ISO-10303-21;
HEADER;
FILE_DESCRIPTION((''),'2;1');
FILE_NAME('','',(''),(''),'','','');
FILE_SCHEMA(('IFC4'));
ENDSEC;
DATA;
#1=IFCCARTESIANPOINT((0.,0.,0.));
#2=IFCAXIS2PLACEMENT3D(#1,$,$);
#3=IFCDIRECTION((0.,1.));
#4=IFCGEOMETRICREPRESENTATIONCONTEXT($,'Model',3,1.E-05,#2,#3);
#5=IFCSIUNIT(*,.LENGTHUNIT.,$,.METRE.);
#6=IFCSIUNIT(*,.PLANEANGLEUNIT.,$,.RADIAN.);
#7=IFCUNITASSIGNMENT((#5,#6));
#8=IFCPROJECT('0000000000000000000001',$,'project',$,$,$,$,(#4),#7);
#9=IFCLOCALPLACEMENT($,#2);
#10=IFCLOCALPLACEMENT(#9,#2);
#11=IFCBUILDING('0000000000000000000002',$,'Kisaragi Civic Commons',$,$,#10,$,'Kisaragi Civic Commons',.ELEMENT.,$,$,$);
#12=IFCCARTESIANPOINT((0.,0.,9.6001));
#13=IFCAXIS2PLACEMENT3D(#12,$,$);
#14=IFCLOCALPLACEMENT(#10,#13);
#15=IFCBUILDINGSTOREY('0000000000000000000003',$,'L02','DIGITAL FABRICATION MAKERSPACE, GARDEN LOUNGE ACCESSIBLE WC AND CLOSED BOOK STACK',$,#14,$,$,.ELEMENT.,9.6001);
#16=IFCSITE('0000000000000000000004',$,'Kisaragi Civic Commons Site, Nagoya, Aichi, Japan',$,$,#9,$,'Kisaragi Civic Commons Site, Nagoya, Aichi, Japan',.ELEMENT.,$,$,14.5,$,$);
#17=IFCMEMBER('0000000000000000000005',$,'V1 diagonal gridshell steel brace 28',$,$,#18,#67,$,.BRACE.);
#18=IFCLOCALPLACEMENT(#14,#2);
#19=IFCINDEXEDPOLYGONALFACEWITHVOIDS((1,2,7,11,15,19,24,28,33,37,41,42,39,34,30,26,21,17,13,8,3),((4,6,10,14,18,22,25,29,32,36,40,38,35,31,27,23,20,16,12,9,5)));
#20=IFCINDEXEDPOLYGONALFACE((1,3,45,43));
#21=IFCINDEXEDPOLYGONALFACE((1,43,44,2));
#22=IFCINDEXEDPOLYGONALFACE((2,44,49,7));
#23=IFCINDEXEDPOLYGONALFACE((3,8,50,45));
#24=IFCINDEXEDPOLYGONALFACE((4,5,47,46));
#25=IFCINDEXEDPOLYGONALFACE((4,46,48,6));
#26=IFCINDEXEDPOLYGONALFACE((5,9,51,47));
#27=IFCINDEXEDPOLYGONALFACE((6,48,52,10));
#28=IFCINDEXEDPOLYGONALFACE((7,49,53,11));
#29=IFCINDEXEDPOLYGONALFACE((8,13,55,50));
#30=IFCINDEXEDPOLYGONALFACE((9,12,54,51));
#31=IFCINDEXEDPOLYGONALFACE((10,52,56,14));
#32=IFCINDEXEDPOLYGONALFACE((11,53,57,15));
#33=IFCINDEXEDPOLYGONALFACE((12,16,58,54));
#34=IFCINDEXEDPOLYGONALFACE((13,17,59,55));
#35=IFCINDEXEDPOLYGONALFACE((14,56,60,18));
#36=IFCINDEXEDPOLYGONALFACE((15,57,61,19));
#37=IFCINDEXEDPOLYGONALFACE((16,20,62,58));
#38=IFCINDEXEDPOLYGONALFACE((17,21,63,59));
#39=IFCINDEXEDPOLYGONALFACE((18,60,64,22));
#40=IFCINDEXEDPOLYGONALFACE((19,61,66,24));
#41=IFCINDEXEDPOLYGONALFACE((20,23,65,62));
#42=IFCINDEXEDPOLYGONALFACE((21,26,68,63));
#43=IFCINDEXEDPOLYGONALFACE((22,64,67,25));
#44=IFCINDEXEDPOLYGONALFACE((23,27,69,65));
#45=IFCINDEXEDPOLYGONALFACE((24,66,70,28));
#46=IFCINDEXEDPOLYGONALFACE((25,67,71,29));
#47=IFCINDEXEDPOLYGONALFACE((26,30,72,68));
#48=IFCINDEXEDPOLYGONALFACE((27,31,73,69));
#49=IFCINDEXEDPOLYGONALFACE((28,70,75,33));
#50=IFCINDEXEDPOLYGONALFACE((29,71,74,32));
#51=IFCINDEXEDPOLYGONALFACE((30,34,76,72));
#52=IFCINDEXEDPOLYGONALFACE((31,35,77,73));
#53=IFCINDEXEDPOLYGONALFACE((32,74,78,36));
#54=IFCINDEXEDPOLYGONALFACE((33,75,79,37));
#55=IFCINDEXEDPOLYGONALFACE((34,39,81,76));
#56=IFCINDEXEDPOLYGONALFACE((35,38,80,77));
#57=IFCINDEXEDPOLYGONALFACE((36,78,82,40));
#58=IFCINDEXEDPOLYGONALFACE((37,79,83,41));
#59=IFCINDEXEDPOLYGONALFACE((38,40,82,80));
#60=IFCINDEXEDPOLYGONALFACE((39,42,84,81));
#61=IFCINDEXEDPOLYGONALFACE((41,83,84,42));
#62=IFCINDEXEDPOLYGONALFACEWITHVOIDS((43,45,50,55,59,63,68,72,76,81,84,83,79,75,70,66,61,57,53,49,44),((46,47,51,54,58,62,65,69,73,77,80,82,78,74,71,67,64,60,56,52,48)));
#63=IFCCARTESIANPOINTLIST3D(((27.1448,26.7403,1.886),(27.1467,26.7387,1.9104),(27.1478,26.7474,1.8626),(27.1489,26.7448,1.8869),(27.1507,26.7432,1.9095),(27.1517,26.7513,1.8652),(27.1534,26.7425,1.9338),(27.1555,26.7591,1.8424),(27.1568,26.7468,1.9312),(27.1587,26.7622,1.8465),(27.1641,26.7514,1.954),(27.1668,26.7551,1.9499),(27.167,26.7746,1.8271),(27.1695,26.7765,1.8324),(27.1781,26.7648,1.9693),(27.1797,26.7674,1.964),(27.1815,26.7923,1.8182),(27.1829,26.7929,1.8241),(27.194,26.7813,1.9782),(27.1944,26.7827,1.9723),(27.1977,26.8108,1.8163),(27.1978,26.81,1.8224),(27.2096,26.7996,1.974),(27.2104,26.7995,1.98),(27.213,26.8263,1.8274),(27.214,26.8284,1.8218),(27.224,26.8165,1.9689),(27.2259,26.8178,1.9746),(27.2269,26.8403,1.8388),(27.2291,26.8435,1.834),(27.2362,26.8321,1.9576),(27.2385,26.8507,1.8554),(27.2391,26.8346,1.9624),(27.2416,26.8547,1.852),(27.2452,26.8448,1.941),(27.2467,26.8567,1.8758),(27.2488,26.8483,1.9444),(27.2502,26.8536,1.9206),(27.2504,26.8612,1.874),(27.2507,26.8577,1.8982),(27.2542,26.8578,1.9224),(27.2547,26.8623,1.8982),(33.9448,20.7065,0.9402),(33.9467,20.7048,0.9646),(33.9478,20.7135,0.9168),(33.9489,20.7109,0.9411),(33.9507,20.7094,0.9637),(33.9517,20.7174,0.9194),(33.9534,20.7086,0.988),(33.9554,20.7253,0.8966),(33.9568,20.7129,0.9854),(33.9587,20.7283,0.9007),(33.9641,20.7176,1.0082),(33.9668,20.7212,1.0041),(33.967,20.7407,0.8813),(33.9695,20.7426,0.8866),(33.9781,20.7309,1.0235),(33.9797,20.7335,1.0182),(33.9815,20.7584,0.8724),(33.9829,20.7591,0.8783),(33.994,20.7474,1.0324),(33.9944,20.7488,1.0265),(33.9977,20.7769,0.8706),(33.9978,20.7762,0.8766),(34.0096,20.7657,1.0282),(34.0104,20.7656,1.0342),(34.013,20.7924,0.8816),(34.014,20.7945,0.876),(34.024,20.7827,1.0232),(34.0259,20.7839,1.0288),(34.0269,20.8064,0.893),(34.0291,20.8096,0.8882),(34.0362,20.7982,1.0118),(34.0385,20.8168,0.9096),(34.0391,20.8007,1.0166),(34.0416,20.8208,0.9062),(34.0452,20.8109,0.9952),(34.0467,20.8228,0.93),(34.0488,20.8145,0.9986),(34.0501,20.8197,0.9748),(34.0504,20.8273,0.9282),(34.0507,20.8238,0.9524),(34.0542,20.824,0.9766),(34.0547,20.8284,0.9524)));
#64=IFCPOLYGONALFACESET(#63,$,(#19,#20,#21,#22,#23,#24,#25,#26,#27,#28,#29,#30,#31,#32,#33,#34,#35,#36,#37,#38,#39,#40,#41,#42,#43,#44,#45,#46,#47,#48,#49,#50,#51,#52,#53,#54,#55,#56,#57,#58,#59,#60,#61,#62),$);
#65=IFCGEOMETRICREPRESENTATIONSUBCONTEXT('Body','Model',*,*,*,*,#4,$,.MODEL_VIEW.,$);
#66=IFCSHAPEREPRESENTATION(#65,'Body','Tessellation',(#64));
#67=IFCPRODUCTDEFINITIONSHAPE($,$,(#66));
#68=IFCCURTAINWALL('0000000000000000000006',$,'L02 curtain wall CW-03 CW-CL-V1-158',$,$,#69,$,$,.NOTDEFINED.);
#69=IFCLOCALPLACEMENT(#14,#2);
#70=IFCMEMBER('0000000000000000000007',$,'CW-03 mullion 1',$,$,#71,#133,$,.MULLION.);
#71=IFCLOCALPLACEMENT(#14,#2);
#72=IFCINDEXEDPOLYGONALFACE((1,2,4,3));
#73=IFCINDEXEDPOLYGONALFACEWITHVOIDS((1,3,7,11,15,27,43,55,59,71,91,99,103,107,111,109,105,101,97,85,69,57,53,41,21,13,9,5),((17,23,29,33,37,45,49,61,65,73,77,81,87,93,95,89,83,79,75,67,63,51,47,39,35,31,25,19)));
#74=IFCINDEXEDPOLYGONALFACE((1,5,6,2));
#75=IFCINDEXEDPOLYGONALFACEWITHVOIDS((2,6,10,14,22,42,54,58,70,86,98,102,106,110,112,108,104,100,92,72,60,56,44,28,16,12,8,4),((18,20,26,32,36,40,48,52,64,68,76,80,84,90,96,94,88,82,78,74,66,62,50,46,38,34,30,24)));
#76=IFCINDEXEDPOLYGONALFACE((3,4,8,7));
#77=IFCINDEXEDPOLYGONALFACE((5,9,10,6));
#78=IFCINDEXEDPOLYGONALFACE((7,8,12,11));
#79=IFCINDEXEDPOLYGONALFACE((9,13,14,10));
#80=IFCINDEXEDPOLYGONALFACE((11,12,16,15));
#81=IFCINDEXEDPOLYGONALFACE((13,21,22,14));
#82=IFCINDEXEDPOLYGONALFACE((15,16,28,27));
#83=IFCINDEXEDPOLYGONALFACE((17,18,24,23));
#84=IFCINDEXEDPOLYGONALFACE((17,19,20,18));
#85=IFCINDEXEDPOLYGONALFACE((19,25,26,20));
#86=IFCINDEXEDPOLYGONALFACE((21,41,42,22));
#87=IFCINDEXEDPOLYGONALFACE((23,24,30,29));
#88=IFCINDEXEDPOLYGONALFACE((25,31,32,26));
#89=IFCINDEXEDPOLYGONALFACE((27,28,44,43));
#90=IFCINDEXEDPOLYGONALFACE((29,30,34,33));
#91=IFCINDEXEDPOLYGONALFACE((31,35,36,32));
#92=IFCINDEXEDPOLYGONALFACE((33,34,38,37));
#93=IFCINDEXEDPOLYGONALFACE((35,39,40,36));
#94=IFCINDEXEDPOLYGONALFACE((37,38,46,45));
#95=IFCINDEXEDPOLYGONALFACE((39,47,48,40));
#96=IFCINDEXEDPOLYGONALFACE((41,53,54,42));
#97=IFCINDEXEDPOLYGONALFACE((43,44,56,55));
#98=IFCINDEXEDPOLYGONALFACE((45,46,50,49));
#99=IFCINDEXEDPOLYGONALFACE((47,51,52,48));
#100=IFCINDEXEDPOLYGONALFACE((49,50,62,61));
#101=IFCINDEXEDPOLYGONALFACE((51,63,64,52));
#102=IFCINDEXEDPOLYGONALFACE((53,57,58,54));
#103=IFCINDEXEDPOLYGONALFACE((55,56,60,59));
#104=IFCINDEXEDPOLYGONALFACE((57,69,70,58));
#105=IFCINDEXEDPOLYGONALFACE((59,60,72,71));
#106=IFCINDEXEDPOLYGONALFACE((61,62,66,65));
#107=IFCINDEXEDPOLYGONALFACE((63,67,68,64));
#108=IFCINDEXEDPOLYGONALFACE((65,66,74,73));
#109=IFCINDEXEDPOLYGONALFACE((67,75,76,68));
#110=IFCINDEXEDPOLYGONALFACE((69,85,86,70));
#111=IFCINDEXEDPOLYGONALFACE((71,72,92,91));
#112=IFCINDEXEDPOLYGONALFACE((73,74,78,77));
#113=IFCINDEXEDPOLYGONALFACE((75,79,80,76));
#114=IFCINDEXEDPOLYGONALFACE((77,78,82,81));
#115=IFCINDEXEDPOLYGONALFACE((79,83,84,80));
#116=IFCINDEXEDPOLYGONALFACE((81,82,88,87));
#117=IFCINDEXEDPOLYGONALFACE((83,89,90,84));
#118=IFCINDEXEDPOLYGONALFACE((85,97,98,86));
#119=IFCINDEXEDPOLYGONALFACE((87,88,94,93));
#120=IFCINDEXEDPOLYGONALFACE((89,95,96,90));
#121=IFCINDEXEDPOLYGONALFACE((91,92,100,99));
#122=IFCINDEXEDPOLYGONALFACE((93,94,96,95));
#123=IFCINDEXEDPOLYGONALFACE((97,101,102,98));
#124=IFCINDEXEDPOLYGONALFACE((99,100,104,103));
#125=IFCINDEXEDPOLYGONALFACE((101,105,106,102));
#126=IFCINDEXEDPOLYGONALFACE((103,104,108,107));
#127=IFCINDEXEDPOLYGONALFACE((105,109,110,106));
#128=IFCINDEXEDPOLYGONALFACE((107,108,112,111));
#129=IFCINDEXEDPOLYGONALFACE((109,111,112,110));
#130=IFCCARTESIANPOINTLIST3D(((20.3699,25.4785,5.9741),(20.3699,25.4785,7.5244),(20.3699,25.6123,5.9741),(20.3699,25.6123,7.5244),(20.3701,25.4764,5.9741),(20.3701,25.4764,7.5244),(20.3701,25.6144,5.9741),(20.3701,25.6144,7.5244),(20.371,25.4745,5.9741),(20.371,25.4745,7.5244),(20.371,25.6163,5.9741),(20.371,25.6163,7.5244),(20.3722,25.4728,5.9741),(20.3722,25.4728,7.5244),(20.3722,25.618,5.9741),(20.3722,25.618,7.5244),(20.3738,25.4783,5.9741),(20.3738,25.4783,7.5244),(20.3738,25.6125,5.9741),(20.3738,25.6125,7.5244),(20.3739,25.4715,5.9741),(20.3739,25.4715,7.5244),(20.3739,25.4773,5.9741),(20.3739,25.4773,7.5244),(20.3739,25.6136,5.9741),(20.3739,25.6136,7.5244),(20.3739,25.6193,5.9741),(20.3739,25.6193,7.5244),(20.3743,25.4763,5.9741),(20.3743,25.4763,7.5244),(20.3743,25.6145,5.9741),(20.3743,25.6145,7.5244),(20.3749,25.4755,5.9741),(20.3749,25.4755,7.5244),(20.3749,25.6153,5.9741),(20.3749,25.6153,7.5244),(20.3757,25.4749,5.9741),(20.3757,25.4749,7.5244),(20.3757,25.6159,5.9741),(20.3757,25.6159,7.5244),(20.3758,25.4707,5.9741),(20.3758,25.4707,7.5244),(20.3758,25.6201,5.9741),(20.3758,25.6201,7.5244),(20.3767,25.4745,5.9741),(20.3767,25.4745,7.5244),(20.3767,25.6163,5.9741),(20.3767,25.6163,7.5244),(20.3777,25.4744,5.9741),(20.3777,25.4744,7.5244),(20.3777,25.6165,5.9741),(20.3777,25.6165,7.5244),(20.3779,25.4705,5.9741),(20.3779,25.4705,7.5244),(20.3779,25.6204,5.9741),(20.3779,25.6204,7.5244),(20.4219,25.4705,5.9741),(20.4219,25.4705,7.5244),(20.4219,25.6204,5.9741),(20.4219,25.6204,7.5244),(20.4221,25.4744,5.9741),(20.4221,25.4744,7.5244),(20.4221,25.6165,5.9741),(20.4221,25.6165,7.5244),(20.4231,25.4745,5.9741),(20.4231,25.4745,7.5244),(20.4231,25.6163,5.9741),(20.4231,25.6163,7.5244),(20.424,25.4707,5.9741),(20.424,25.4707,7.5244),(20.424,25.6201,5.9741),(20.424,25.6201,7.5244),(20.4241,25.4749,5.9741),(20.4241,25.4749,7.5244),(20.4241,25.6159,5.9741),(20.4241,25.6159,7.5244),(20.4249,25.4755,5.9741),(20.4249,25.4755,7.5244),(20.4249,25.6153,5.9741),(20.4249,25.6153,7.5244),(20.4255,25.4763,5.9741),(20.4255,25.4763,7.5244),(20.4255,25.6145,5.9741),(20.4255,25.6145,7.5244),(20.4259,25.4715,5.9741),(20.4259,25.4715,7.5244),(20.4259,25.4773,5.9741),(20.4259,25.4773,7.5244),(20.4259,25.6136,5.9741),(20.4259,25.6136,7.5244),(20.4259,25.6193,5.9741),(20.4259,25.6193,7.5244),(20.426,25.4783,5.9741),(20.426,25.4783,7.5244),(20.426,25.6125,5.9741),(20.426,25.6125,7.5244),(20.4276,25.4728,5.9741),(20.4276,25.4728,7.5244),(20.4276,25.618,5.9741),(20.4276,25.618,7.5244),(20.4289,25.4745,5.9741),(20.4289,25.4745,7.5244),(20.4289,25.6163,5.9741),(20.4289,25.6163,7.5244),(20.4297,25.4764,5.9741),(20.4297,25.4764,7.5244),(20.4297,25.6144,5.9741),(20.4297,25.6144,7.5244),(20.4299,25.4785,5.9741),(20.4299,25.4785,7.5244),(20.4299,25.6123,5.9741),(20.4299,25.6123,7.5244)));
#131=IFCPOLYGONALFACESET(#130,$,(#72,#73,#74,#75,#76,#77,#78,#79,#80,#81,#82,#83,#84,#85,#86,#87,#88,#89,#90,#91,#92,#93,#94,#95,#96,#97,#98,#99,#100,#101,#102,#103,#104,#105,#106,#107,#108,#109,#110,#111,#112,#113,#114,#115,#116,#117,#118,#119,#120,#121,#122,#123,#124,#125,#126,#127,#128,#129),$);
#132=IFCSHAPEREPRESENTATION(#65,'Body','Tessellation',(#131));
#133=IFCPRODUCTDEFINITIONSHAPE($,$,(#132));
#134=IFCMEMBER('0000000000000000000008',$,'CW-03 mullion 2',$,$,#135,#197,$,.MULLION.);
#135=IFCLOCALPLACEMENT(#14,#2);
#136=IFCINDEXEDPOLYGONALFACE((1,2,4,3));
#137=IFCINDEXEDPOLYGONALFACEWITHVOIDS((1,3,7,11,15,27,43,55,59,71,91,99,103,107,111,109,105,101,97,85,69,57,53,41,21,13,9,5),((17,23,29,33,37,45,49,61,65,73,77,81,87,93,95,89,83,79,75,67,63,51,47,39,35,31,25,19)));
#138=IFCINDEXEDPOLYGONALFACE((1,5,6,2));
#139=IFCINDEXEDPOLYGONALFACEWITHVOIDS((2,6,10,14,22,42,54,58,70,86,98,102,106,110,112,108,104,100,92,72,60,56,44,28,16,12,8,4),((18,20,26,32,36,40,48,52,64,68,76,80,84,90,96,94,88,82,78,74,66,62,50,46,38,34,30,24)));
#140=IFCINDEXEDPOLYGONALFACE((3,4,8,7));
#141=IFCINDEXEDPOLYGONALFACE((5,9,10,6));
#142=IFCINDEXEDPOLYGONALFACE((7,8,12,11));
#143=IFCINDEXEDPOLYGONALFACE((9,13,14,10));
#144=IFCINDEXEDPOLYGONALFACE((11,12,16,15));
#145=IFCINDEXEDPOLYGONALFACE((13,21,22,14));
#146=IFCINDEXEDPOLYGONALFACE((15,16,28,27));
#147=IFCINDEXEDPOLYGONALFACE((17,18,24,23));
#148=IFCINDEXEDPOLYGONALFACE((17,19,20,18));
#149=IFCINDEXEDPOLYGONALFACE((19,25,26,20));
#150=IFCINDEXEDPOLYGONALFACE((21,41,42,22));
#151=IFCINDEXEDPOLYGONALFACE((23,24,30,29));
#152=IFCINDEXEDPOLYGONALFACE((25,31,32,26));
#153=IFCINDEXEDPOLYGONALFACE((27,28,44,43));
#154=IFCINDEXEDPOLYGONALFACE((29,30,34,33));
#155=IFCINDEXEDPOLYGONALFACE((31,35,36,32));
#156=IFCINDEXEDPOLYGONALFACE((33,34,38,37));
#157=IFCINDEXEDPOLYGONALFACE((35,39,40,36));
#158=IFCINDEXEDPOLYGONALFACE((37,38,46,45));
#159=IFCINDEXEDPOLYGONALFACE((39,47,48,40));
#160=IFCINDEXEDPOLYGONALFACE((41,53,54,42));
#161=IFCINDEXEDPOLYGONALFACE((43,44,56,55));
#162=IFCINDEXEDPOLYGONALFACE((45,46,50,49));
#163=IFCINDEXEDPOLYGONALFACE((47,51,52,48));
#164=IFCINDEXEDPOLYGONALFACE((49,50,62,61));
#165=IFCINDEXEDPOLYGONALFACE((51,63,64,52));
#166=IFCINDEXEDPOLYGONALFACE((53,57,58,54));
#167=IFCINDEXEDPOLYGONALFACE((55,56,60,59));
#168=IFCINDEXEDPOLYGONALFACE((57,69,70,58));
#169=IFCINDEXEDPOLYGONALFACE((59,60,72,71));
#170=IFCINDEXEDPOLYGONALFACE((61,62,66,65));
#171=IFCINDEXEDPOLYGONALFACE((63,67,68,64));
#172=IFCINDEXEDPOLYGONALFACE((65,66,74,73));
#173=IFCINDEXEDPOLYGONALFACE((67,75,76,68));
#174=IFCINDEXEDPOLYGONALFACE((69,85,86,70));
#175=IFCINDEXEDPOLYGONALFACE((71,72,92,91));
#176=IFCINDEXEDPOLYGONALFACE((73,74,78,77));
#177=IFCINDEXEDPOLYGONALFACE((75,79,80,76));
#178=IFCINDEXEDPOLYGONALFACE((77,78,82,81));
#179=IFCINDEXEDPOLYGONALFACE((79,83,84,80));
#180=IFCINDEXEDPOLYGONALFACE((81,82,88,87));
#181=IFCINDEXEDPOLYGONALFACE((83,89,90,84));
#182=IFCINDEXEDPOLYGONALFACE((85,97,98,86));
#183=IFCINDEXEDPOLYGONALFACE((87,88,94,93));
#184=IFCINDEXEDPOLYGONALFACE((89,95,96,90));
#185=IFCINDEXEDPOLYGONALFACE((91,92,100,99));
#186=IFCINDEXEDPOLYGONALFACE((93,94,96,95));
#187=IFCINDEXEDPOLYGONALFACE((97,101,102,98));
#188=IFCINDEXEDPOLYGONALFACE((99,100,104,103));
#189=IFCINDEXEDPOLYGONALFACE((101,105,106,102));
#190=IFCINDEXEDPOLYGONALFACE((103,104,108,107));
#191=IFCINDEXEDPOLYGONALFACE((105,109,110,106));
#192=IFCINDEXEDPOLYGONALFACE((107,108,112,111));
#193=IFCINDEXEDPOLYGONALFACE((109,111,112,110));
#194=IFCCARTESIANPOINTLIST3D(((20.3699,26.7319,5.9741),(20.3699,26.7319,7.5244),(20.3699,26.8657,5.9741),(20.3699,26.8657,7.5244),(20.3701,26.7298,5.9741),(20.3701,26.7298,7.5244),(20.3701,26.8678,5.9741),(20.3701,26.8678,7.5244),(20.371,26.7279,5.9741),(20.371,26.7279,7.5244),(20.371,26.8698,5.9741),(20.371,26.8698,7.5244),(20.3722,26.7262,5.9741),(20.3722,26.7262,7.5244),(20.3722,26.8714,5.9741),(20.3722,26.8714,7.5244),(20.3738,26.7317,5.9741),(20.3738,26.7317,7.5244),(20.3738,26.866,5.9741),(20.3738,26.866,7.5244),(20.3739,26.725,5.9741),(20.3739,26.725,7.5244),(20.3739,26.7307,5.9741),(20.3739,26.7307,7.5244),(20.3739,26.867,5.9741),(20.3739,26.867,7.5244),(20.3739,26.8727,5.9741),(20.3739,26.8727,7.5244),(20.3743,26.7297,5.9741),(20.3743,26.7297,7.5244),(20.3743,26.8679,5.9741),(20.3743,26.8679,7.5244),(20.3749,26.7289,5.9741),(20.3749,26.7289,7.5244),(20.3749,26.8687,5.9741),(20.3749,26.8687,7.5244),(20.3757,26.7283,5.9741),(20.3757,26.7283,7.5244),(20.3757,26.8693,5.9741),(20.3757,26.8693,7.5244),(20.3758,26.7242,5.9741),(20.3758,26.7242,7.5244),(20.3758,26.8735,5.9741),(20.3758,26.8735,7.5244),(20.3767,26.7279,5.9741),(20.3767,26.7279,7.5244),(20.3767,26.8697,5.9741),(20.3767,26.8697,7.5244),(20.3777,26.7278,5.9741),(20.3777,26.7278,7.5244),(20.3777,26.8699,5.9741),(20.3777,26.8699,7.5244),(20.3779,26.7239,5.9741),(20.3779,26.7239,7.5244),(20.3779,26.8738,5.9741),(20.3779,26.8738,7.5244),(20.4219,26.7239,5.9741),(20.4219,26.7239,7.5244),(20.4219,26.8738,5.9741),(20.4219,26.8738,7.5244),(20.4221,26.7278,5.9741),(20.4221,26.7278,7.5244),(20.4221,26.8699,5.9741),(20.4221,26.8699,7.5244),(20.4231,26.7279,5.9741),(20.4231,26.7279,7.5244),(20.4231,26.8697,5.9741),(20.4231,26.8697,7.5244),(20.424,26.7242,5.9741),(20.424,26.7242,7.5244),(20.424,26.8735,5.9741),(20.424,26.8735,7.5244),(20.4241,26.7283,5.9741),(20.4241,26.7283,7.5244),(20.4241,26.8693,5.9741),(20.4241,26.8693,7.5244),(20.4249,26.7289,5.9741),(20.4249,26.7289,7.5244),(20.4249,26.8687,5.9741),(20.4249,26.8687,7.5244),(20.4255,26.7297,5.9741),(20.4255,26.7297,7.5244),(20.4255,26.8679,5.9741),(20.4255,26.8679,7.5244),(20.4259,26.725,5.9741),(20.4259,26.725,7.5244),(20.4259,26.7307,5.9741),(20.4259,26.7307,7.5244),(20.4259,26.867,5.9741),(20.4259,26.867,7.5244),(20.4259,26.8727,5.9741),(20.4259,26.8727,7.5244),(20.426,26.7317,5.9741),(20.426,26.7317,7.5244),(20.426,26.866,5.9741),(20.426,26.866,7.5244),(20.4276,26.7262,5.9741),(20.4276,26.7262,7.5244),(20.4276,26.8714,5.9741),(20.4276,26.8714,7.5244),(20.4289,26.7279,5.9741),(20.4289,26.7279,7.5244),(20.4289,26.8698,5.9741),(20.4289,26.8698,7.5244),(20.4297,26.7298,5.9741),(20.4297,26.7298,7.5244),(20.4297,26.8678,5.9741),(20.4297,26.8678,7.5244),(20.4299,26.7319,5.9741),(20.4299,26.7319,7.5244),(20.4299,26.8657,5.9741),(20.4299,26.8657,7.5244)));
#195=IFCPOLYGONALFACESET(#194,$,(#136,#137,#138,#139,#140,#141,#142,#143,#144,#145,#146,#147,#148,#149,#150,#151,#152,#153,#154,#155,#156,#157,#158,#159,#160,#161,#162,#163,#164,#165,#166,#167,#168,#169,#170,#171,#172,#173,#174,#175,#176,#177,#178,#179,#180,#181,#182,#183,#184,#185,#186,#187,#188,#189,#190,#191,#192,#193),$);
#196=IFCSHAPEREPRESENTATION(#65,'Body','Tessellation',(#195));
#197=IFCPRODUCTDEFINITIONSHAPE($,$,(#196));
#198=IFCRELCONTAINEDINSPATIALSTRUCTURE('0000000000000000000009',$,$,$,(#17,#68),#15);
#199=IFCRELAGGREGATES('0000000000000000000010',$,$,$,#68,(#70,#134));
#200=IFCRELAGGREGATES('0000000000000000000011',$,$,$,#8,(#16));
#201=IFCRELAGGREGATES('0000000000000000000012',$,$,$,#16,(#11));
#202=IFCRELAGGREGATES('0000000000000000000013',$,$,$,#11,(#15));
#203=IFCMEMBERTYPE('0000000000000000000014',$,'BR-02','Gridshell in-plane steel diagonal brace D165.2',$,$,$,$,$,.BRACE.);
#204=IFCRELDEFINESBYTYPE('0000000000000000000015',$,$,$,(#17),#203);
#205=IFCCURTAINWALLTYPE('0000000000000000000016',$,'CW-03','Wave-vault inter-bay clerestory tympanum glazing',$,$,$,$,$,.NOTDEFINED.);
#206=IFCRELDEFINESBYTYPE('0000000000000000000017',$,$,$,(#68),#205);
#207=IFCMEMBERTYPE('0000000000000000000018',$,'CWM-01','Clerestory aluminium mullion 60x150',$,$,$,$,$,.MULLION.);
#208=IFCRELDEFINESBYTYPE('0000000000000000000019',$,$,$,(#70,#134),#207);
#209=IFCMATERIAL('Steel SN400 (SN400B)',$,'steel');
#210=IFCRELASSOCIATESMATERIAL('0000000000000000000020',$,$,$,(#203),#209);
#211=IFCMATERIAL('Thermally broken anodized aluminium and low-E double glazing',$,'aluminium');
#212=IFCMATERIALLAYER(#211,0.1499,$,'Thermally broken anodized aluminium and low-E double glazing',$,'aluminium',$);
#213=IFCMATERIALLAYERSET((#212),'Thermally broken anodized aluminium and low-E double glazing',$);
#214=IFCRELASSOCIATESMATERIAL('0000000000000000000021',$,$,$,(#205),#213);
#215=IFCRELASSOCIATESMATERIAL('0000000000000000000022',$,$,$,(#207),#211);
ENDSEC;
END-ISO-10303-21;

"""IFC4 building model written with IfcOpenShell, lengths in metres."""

from ifc_helpers import new_model, si_unit, direction, frame, origin, origin_2d, place, context, subcontext, project, spatial, hollow_rectangle, hollow_circle, extrude, material, layer, layer_set, material_profile, profile_set, type_object, element, aggregate, save


model = new_model("IFC4")

# Units and contexts
model_context = context("Model", 3, precision=1e-05, world=origin(), true_north=direction((0.0, 1.0)))
body_context = subcontext(model_context, "Body", "Model", "MODEL_VIEW")
ifc_project = project(units=[si_unit("LENGTHUNIT", "METRE"), si_unit("PLANEANGLEUNIT", "RADIAN")], contexts=[model_context])

# Site, building, storey
site_placement = place(None, origin())
site = spatial("IfcSite", under=ifc_project, at=site_placement, Name="Kisaragi Civic Commons Site, Nagoya, Aichi, Japan", LongName="Kisaragi Civic Commons Site, Nagoya, Aichi, Japan", CompositionType="ELEMENT", RefElevation=14.5)
building_placement = place(site_placement, origin())
building = spatial("IfcBuilding", under=site, at=building_placement, Name="Kisaragi Civic Commons", LongName="Kisaragi Civic Commons", CompositionType="ELEMENT")
storey_placement = place(building_placement, frame((0.0, 0.0, 9.6001)))
storey = spatial("IfcBuildingStorey", under=building, at=storey_placement, Name="L02", Description="DIGITAL FABRICATION MAKERSPACE, GARDEN LOUNGE ACCESSIBLE WC AND CLOSED BOOK STACK", CompositionType="ELEMENT", Elevation=9.6001)

# Member
ifc_material_1 = material(Name="Steel SN400 (SN400B)", Category="steel")
ifc_material_profile_1 = material_profile(ifc_material_1, hollow_circle(Radius=0.0825, WallThickness=0.0061, at=origin_2d()), Name="CHS-165.2x6.0", Category="steel")
ifc_profile_set_1 = profile_set([ifc_material_profile_1], Name="Steel SN400 (SN400B)")
member_type_1 = type_object("IfcMemberType", Name="BR-02", Description="Gridshell in-plane steel diagonal brace D165.2", PredefinedType="BRACE", material=ifc_profile_set_1)
member_1_placement = place(storey_placement, frame((27.2, 26.8005, 1.8982), z_axis=(0.74397, -0.660152, -0.103477), x_axis=(0.663715, 0.747985, 0.0)))
element("IfcMember", 1, at=member_1_placement, inside=storey, type_object=member_type_1, Name="V1 diagonal gridshell steel brace 28", PredefinedType="BRACE", context=body_context, shape_type="SweptSolid", body=[
    extrude(hollow_circle(Radius=0.0825, WallThickness=0.0061, at=origin_2d()), origin(), (0.0, 0.0, 1.0), 9.1401),
])

# Curtain wall, members
ifc_material_2 = material(Name="Thermally broken anodized aluminium and low-E double glazing", Category="aluminium")
ifc_layer_1 = layer(ifc_material_2, 0.1499, Name="Thermally broken anodized aluminium and low-E double glazing", Category="aluminium")
ifc_layer_set_1 = layer_set([ifc_layer_1], Name="Thermally broken anodized aluminium and low-E double glazing")
curtain_wall_type = type_object("IfcCurtainWallType", Name="CW-03", Description="Wave-vault inter-bay clerestory tympanum glazing", PredefinedType="NOTDEFINED", material=ifc_layer_set_1)
curtain_wall_placement = place(storey_placement, origin())
curtain_wall = element("IfcCurtainWall", 2, at=curtain_wall_placement, inside=storey, type_object=curtain_wall_type, Name="L02 curtain wall CW-03 CW-CL-V1-158", PredefinedType="NOTDEFINED")
ifc_material_profile_2 = material_profile(ifc_material_2, hollow_rectangle(XDim=0.0601, YDim=0.1499, WallThickness=0.0039, InnerFilletRadius=0.0039, OuterFilletRadius=0.0081, at=origin_2d()), Name="CWM-60x150x4", Category="aluminium")
ifc_profile_set_2 = profile_set([ifc_material_profile_2], Name="Thermally broken anodized aluminium and low-E double glazing")
member_type_2 = type_object("IfcMemberType", Name="CWM-01", Description="Clerestory aluminium mullion 60x150", PredefinedType="MULLION", material=ifc_profile_set_2)
member_2_placement = place(storey_placement, frame((20.3999, 25.5454, 5.9741), z_axis=(0.0, 0.0, 1.0), x_axis=(-1.0, 0.0, 0.0)))
member_2 = element("IfcMember", 3, at=member_2_placement, type_object=member_type_2, Name="CW-03 mullion 1", PredefinedType="MULLION", context=body_context, shape_type="SweptSolid", body=[
    extrude(hollow_rectangle(XDim=0.0601, YDim=0.1499, WallThickness=0.0039, InnerFilletRadius=0.0039, OuterFilletRadius=0.0081, at=origin_2d()), origin(), (0.0, 0.0, 1.0), 1.5503),
])
member_3_placement = place(storey_placement, frame((20.3999, 26.7988, 5.9741), z_axis=(0.0, 0.0, 1.0), x_axis=(-1.0, 0.0, 0.0)))
member_3 = element("IfcMember", 4, at=member_3_placement, type_object=member_type_2, Name="CW-03 mullion 2", PredefinedType="MULLION", context=body_context, shape_type="SweptSolid", body=[
    extrude(hollow_rectangle(XDim=0.0601, YDim=0.1499, WallThickness=0.0039, InnerFilletRadius=0.0039, OuterFilletRadius=0.0081, at=origin_2d()), origin(), (0.0, 0.0, 1.0), 1.5503),
])

aggregate(curtain_wall, [member_2, member_3])

save(model, "model.ifc")
